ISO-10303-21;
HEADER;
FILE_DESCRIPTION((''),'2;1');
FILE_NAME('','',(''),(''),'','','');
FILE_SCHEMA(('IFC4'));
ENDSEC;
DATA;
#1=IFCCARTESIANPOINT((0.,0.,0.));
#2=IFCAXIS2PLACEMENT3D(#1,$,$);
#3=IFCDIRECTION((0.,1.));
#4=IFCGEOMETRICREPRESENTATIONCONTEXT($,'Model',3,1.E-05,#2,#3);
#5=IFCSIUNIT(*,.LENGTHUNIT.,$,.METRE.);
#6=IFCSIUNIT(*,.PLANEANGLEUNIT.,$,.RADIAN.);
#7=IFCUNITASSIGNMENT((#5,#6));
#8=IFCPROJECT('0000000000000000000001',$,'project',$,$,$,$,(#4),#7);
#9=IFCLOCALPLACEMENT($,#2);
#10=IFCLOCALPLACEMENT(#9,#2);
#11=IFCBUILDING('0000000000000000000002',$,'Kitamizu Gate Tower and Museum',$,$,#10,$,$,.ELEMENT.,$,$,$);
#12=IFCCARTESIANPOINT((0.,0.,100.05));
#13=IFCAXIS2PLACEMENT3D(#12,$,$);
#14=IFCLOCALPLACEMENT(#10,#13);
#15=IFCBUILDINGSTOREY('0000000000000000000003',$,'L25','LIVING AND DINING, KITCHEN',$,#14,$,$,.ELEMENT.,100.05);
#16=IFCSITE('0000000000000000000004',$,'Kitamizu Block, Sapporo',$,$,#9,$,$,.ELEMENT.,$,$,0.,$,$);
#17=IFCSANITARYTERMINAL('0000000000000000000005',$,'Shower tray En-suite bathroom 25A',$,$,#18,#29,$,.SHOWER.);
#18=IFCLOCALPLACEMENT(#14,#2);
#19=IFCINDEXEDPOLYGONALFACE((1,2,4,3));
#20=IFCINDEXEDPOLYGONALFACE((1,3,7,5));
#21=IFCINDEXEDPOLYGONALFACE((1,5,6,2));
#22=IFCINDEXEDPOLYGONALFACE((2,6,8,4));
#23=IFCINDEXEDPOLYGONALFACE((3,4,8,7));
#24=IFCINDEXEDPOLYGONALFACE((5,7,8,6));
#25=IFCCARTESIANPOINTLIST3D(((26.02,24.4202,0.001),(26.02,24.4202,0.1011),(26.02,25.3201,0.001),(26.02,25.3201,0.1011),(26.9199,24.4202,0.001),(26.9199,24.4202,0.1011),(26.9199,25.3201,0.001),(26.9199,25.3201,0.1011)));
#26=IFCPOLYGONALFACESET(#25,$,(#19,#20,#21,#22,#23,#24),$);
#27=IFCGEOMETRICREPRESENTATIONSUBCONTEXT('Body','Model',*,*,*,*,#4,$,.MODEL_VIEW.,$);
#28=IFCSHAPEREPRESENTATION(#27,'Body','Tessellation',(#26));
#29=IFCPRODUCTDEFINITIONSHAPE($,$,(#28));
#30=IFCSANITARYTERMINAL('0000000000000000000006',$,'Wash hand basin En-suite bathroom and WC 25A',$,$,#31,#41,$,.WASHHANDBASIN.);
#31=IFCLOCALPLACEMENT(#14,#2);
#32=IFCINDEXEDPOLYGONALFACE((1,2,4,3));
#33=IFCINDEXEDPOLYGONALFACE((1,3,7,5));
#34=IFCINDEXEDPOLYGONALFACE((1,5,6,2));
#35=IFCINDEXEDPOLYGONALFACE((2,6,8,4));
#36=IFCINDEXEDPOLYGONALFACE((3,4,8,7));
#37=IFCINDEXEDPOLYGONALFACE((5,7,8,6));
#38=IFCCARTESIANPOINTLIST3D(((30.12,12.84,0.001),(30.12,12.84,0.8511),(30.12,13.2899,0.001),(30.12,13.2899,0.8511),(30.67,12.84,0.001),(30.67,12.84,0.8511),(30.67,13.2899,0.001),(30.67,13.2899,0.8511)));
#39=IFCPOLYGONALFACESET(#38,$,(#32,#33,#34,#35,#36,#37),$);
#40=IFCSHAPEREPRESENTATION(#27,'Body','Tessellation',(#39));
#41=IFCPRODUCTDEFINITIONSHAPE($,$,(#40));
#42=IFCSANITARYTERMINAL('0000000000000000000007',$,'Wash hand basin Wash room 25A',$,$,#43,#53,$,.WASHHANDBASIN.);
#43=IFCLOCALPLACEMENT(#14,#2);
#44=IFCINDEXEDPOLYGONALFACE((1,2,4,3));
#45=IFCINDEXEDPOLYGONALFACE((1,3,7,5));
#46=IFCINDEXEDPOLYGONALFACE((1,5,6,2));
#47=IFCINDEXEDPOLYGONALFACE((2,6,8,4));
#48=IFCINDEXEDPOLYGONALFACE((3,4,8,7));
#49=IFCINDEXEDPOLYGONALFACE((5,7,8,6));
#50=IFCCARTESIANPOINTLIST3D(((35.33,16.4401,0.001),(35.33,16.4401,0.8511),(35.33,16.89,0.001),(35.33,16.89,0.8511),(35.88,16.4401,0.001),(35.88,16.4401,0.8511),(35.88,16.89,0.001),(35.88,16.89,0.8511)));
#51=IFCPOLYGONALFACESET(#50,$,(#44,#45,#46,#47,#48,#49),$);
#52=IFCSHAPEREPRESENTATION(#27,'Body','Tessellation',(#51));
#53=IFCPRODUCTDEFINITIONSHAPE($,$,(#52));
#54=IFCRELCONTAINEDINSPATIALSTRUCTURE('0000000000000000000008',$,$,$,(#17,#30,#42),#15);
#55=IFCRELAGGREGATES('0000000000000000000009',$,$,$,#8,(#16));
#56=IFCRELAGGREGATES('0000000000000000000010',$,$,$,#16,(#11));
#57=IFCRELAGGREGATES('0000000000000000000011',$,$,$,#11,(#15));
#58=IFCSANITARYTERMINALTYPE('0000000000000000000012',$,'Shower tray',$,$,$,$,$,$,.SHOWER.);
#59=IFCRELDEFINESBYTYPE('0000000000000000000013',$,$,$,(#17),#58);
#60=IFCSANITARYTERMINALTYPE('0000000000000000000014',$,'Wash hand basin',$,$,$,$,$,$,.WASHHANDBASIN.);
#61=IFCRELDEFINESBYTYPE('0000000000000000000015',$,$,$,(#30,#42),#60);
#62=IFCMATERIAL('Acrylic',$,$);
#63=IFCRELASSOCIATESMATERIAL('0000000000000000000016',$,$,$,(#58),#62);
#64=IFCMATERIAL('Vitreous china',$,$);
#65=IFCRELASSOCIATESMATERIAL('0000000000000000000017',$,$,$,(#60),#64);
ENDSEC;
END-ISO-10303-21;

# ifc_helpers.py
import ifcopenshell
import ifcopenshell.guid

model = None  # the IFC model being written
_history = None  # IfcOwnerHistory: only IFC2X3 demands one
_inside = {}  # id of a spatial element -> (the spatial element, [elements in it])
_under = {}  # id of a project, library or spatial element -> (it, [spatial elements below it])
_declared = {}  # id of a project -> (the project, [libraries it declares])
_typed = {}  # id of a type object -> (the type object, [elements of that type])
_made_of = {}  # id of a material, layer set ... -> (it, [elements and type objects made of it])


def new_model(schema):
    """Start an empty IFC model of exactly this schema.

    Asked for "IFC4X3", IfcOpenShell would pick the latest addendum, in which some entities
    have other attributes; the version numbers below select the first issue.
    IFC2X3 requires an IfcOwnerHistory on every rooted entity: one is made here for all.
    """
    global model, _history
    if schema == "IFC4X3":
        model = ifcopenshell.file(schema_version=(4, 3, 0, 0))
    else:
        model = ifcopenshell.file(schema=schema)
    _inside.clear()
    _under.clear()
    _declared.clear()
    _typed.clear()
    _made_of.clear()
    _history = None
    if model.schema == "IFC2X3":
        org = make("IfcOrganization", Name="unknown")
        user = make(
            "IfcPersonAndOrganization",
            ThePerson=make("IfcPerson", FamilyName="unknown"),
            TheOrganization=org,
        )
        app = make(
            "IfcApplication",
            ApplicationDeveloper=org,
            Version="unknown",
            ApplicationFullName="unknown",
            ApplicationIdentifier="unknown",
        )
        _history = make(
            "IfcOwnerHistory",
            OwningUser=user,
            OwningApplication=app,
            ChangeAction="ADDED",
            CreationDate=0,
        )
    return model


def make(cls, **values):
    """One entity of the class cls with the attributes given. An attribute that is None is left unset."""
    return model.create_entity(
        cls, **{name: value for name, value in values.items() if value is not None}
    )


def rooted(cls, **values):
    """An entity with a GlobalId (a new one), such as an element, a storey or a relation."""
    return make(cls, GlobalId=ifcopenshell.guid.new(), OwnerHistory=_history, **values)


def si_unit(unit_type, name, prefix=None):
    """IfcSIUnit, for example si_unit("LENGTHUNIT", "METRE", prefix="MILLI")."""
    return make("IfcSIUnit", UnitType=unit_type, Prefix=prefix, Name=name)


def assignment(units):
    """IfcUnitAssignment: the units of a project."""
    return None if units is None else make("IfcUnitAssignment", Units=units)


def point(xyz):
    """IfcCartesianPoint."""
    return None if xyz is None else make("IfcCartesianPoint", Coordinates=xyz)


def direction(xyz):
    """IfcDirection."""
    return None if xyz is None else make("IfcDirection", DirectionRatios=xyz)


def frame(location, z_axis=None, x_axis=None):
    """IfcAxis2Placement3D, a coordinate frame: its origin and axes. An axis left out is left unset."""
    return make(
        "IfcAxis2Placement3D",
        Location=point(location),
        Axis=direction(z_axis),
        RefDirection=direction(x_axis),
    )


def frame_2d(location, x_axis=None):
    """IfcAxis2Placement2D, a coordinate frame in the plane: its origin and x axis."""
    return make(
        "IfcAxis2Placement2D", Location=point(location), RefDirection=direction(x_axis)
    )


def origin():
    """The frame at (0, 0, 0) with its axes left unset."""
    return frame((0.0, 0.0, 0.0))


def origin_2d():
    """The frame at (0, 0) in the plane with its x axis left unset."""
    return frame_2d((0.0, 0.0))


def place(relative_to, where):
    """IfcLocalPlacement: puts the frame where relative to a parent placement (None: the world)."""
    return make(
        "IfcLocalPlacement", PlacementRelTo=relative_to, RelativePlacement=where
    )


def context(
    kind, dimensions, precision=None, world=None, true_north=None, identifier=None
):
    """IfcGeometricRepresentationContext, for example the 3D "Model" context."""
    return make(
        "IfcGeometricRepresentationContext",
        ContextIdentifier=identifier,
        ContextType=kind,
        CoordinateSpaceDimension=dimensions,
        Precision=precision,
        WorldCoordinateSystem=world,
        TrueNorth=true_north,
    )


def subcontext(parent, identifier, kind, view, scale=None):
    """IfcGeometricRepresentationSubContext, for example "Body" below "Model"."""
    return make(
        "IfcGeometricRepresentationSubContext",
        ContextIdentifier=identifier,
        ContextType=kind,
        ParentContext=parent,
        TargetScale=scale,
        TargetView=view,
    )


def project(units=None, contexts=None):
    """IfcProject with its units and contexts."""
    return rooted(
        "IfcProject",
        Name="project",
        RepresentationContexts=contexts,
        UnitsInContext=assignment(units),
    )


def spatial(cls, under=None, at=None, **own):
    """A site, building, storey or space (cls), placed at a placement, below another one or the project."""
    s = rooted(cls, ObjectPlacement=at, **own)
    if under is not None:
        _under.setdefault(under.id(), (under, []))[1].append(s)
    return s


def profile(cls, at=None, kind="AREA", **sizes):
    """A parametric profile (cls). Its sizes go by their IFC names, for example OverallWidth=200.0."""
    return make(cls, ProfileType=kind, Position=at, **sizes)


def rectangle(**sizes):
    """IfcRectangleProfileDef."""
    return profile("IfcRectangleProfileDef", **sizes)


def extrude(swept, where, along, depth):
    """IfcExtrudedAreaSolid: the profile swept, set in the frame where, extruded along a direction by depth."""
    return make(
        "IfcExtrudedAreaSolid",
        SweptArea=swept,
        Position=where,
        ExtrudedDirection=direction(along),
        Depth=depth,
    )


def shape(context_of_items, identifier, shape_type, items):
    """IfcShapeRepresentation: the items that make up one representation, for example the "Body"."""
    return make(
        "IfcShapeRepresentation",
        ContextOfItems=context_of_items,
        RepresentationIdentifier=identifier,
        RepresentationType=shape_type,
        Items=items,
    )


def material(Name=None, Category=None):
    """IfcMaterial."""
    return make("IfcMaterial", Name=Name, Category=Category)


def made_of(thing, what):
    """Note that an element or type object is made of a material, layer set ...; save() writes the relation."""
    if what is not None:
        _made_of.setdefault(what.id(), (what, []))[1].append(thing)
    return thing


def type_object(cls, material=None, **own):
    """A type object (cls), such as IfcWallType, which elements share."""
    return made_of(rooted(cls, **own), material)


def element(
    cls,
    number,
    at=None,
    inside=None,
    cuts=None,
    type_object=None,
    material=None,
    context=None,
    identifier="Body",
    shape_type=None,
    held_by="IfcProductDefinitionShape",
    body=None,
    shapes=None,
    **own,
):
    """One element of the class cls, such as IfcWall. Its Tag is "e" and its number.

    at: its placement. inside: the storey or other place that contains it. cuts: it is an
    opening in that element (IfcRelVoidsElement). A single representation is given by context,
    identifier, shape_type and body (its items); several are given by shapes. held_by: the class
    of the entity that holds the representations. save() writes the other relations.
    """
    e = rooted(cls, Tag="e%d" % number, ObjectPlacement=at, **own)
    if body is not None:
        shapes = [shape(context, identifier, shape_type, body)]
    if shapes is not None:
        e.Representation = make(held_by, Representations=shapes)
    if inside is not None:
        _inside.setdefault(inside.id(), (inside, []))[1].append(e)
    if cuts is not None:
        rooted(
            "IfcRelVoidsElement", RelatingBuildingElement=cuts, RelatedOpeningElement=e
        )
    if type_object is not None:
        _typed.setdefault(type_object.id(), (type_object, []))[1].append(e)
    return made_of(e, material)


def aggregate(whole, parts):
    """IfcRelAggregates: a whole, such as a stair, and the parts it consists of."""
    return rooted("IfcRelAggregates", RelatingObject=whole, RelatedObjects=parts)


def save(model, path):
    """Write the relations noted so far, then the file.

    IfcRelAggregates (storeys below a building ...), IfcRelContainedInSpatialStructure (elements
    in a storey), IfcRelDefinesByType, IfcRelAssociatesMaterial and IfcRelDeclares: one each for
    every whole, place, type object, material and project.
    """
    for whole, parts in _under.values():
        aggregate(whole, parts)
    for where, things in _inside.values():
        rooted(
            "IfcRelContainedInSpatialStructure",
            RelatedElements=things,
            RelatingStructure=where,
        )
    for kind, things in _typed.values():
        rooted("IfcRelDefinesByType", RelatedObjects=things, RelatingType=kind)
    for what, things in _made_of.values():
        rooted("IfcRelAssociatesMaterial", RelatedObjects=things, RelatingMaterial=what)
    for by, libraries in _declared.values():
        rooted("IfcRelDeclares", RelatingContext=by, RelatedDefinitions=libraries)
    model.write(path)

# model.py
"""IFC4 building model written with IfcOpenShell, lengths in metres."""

from ifc_helpers import new_model, si_unit, direction, frame, origin, origin_2d, place, context, subcontext, project, spatial, rectangle, extrude, material, type_object, element, save


model = new_model("IFC4")

# Units and contexts
model_context = context("Model", 3, precision=1e-05, world=origin(), true_north=direction((0.0, 1.0)))
body_context = subcontext(model_context, "Body", "Model", "MODEL_VIEW")
ifc_project = project(units=[si_unit("LENGTHUNIT", "METRE"), si_unit("PLANEANGLEUNIT", "RADIAN")], contexts=[model_context])

# Site, building, storey
site_placement = place(None, origin())
site = spatial("IfcSite", under=ifc_project, at=site_placement, Name="Kitamizu Block, Sapporo", CompositionType="ELEMENT", RefElevation=0.0)
building_placement = place(site_placement, origin())
building = spatial("IfcBuilding", under=site, at=building_placement, Name="Kitamizu Gate Tower and Museum", CompositionType="ELEMENT")
storey_placement = place(building_placement, frame((0.0, 0.0, 100.05)))
storey = spatial("IfcBuildingStorey", under=building, at=storey_placement, Name="L25", Description="LIVING AND DINING, KITCHEN", CompositionType="ELEMENT", Elevation=100.05)

# Sanitary terminals
ifc_material_1 = material(Name="Acrylic")
sanitary_terminal_type_1 = type_object("IfcSanitaryTerminalType", Name="Shower tray", PredefinedType="SHOWER", material=ifc_material_1)
for number, where, z_axis, x_axis, name in (
    (1, (26.47, 24.8701, 0.001), (0.0, 0.0, 1.0), (1.0, 0.0, 0.0), "Shower tray En-suite bathroom 25A"),
):
    element("IfcSanitaryTerminal", number, at=place(storey_placement, frame(where, z_axis=z_axis, x_axis=x_axis)), inside=storey, type_object=sanitary_terminal_type_1, Name=name, PredefinedType="SHOWER", context=body_context, shape_type="SweptSolid", body=[
        extrude(rectangle(XDim=0.8999, YDim=0.8999, at=origin_2d()), origin(), (0.0, 0.0, 1.0), 0.1001),
    ])
ifc_material_2 = material(Name="Vitreous china")
sanitary_terminal_type_2 = type_object("IfcSanitaryTerminalType", Name="Wash hand basin", PredefinedType="WASHHANDBASIN", material=ifc_material_2)
for number, where, z_axis, x_axis, name in (
    (2, (30.395, 13.0649, 0.001), (0.0, 0.0, 1.0), (1.0, 0.0, 0.0), "Wash hand basin En-suite bathroom and WC 25A"),
    (3, (35.605, 16.665, 0.001), (0.0, 0.0, 1.0), (1.0, 0.0, 0.0), "Wash hand basin Wash room 25A"),
):
    element("IfcSanitaryTerminal", number, at=place(storey_placement, frame(where, z_axis=z_axis, x_axis=x_axis)), inside=storey, type_object=sanitary_terminal_type_2, Name=name, PredefinedType="WASHHANDBASIN", context=body_context, shape_type="SweptSolid", body=[
        extrude(rectangle(XDim=0.55, YDim=0.45, at=origin_2d()), origin(), (0.0, 0.0, 1.0), 0.8501),
    ])

save(model, "model.ifc")
